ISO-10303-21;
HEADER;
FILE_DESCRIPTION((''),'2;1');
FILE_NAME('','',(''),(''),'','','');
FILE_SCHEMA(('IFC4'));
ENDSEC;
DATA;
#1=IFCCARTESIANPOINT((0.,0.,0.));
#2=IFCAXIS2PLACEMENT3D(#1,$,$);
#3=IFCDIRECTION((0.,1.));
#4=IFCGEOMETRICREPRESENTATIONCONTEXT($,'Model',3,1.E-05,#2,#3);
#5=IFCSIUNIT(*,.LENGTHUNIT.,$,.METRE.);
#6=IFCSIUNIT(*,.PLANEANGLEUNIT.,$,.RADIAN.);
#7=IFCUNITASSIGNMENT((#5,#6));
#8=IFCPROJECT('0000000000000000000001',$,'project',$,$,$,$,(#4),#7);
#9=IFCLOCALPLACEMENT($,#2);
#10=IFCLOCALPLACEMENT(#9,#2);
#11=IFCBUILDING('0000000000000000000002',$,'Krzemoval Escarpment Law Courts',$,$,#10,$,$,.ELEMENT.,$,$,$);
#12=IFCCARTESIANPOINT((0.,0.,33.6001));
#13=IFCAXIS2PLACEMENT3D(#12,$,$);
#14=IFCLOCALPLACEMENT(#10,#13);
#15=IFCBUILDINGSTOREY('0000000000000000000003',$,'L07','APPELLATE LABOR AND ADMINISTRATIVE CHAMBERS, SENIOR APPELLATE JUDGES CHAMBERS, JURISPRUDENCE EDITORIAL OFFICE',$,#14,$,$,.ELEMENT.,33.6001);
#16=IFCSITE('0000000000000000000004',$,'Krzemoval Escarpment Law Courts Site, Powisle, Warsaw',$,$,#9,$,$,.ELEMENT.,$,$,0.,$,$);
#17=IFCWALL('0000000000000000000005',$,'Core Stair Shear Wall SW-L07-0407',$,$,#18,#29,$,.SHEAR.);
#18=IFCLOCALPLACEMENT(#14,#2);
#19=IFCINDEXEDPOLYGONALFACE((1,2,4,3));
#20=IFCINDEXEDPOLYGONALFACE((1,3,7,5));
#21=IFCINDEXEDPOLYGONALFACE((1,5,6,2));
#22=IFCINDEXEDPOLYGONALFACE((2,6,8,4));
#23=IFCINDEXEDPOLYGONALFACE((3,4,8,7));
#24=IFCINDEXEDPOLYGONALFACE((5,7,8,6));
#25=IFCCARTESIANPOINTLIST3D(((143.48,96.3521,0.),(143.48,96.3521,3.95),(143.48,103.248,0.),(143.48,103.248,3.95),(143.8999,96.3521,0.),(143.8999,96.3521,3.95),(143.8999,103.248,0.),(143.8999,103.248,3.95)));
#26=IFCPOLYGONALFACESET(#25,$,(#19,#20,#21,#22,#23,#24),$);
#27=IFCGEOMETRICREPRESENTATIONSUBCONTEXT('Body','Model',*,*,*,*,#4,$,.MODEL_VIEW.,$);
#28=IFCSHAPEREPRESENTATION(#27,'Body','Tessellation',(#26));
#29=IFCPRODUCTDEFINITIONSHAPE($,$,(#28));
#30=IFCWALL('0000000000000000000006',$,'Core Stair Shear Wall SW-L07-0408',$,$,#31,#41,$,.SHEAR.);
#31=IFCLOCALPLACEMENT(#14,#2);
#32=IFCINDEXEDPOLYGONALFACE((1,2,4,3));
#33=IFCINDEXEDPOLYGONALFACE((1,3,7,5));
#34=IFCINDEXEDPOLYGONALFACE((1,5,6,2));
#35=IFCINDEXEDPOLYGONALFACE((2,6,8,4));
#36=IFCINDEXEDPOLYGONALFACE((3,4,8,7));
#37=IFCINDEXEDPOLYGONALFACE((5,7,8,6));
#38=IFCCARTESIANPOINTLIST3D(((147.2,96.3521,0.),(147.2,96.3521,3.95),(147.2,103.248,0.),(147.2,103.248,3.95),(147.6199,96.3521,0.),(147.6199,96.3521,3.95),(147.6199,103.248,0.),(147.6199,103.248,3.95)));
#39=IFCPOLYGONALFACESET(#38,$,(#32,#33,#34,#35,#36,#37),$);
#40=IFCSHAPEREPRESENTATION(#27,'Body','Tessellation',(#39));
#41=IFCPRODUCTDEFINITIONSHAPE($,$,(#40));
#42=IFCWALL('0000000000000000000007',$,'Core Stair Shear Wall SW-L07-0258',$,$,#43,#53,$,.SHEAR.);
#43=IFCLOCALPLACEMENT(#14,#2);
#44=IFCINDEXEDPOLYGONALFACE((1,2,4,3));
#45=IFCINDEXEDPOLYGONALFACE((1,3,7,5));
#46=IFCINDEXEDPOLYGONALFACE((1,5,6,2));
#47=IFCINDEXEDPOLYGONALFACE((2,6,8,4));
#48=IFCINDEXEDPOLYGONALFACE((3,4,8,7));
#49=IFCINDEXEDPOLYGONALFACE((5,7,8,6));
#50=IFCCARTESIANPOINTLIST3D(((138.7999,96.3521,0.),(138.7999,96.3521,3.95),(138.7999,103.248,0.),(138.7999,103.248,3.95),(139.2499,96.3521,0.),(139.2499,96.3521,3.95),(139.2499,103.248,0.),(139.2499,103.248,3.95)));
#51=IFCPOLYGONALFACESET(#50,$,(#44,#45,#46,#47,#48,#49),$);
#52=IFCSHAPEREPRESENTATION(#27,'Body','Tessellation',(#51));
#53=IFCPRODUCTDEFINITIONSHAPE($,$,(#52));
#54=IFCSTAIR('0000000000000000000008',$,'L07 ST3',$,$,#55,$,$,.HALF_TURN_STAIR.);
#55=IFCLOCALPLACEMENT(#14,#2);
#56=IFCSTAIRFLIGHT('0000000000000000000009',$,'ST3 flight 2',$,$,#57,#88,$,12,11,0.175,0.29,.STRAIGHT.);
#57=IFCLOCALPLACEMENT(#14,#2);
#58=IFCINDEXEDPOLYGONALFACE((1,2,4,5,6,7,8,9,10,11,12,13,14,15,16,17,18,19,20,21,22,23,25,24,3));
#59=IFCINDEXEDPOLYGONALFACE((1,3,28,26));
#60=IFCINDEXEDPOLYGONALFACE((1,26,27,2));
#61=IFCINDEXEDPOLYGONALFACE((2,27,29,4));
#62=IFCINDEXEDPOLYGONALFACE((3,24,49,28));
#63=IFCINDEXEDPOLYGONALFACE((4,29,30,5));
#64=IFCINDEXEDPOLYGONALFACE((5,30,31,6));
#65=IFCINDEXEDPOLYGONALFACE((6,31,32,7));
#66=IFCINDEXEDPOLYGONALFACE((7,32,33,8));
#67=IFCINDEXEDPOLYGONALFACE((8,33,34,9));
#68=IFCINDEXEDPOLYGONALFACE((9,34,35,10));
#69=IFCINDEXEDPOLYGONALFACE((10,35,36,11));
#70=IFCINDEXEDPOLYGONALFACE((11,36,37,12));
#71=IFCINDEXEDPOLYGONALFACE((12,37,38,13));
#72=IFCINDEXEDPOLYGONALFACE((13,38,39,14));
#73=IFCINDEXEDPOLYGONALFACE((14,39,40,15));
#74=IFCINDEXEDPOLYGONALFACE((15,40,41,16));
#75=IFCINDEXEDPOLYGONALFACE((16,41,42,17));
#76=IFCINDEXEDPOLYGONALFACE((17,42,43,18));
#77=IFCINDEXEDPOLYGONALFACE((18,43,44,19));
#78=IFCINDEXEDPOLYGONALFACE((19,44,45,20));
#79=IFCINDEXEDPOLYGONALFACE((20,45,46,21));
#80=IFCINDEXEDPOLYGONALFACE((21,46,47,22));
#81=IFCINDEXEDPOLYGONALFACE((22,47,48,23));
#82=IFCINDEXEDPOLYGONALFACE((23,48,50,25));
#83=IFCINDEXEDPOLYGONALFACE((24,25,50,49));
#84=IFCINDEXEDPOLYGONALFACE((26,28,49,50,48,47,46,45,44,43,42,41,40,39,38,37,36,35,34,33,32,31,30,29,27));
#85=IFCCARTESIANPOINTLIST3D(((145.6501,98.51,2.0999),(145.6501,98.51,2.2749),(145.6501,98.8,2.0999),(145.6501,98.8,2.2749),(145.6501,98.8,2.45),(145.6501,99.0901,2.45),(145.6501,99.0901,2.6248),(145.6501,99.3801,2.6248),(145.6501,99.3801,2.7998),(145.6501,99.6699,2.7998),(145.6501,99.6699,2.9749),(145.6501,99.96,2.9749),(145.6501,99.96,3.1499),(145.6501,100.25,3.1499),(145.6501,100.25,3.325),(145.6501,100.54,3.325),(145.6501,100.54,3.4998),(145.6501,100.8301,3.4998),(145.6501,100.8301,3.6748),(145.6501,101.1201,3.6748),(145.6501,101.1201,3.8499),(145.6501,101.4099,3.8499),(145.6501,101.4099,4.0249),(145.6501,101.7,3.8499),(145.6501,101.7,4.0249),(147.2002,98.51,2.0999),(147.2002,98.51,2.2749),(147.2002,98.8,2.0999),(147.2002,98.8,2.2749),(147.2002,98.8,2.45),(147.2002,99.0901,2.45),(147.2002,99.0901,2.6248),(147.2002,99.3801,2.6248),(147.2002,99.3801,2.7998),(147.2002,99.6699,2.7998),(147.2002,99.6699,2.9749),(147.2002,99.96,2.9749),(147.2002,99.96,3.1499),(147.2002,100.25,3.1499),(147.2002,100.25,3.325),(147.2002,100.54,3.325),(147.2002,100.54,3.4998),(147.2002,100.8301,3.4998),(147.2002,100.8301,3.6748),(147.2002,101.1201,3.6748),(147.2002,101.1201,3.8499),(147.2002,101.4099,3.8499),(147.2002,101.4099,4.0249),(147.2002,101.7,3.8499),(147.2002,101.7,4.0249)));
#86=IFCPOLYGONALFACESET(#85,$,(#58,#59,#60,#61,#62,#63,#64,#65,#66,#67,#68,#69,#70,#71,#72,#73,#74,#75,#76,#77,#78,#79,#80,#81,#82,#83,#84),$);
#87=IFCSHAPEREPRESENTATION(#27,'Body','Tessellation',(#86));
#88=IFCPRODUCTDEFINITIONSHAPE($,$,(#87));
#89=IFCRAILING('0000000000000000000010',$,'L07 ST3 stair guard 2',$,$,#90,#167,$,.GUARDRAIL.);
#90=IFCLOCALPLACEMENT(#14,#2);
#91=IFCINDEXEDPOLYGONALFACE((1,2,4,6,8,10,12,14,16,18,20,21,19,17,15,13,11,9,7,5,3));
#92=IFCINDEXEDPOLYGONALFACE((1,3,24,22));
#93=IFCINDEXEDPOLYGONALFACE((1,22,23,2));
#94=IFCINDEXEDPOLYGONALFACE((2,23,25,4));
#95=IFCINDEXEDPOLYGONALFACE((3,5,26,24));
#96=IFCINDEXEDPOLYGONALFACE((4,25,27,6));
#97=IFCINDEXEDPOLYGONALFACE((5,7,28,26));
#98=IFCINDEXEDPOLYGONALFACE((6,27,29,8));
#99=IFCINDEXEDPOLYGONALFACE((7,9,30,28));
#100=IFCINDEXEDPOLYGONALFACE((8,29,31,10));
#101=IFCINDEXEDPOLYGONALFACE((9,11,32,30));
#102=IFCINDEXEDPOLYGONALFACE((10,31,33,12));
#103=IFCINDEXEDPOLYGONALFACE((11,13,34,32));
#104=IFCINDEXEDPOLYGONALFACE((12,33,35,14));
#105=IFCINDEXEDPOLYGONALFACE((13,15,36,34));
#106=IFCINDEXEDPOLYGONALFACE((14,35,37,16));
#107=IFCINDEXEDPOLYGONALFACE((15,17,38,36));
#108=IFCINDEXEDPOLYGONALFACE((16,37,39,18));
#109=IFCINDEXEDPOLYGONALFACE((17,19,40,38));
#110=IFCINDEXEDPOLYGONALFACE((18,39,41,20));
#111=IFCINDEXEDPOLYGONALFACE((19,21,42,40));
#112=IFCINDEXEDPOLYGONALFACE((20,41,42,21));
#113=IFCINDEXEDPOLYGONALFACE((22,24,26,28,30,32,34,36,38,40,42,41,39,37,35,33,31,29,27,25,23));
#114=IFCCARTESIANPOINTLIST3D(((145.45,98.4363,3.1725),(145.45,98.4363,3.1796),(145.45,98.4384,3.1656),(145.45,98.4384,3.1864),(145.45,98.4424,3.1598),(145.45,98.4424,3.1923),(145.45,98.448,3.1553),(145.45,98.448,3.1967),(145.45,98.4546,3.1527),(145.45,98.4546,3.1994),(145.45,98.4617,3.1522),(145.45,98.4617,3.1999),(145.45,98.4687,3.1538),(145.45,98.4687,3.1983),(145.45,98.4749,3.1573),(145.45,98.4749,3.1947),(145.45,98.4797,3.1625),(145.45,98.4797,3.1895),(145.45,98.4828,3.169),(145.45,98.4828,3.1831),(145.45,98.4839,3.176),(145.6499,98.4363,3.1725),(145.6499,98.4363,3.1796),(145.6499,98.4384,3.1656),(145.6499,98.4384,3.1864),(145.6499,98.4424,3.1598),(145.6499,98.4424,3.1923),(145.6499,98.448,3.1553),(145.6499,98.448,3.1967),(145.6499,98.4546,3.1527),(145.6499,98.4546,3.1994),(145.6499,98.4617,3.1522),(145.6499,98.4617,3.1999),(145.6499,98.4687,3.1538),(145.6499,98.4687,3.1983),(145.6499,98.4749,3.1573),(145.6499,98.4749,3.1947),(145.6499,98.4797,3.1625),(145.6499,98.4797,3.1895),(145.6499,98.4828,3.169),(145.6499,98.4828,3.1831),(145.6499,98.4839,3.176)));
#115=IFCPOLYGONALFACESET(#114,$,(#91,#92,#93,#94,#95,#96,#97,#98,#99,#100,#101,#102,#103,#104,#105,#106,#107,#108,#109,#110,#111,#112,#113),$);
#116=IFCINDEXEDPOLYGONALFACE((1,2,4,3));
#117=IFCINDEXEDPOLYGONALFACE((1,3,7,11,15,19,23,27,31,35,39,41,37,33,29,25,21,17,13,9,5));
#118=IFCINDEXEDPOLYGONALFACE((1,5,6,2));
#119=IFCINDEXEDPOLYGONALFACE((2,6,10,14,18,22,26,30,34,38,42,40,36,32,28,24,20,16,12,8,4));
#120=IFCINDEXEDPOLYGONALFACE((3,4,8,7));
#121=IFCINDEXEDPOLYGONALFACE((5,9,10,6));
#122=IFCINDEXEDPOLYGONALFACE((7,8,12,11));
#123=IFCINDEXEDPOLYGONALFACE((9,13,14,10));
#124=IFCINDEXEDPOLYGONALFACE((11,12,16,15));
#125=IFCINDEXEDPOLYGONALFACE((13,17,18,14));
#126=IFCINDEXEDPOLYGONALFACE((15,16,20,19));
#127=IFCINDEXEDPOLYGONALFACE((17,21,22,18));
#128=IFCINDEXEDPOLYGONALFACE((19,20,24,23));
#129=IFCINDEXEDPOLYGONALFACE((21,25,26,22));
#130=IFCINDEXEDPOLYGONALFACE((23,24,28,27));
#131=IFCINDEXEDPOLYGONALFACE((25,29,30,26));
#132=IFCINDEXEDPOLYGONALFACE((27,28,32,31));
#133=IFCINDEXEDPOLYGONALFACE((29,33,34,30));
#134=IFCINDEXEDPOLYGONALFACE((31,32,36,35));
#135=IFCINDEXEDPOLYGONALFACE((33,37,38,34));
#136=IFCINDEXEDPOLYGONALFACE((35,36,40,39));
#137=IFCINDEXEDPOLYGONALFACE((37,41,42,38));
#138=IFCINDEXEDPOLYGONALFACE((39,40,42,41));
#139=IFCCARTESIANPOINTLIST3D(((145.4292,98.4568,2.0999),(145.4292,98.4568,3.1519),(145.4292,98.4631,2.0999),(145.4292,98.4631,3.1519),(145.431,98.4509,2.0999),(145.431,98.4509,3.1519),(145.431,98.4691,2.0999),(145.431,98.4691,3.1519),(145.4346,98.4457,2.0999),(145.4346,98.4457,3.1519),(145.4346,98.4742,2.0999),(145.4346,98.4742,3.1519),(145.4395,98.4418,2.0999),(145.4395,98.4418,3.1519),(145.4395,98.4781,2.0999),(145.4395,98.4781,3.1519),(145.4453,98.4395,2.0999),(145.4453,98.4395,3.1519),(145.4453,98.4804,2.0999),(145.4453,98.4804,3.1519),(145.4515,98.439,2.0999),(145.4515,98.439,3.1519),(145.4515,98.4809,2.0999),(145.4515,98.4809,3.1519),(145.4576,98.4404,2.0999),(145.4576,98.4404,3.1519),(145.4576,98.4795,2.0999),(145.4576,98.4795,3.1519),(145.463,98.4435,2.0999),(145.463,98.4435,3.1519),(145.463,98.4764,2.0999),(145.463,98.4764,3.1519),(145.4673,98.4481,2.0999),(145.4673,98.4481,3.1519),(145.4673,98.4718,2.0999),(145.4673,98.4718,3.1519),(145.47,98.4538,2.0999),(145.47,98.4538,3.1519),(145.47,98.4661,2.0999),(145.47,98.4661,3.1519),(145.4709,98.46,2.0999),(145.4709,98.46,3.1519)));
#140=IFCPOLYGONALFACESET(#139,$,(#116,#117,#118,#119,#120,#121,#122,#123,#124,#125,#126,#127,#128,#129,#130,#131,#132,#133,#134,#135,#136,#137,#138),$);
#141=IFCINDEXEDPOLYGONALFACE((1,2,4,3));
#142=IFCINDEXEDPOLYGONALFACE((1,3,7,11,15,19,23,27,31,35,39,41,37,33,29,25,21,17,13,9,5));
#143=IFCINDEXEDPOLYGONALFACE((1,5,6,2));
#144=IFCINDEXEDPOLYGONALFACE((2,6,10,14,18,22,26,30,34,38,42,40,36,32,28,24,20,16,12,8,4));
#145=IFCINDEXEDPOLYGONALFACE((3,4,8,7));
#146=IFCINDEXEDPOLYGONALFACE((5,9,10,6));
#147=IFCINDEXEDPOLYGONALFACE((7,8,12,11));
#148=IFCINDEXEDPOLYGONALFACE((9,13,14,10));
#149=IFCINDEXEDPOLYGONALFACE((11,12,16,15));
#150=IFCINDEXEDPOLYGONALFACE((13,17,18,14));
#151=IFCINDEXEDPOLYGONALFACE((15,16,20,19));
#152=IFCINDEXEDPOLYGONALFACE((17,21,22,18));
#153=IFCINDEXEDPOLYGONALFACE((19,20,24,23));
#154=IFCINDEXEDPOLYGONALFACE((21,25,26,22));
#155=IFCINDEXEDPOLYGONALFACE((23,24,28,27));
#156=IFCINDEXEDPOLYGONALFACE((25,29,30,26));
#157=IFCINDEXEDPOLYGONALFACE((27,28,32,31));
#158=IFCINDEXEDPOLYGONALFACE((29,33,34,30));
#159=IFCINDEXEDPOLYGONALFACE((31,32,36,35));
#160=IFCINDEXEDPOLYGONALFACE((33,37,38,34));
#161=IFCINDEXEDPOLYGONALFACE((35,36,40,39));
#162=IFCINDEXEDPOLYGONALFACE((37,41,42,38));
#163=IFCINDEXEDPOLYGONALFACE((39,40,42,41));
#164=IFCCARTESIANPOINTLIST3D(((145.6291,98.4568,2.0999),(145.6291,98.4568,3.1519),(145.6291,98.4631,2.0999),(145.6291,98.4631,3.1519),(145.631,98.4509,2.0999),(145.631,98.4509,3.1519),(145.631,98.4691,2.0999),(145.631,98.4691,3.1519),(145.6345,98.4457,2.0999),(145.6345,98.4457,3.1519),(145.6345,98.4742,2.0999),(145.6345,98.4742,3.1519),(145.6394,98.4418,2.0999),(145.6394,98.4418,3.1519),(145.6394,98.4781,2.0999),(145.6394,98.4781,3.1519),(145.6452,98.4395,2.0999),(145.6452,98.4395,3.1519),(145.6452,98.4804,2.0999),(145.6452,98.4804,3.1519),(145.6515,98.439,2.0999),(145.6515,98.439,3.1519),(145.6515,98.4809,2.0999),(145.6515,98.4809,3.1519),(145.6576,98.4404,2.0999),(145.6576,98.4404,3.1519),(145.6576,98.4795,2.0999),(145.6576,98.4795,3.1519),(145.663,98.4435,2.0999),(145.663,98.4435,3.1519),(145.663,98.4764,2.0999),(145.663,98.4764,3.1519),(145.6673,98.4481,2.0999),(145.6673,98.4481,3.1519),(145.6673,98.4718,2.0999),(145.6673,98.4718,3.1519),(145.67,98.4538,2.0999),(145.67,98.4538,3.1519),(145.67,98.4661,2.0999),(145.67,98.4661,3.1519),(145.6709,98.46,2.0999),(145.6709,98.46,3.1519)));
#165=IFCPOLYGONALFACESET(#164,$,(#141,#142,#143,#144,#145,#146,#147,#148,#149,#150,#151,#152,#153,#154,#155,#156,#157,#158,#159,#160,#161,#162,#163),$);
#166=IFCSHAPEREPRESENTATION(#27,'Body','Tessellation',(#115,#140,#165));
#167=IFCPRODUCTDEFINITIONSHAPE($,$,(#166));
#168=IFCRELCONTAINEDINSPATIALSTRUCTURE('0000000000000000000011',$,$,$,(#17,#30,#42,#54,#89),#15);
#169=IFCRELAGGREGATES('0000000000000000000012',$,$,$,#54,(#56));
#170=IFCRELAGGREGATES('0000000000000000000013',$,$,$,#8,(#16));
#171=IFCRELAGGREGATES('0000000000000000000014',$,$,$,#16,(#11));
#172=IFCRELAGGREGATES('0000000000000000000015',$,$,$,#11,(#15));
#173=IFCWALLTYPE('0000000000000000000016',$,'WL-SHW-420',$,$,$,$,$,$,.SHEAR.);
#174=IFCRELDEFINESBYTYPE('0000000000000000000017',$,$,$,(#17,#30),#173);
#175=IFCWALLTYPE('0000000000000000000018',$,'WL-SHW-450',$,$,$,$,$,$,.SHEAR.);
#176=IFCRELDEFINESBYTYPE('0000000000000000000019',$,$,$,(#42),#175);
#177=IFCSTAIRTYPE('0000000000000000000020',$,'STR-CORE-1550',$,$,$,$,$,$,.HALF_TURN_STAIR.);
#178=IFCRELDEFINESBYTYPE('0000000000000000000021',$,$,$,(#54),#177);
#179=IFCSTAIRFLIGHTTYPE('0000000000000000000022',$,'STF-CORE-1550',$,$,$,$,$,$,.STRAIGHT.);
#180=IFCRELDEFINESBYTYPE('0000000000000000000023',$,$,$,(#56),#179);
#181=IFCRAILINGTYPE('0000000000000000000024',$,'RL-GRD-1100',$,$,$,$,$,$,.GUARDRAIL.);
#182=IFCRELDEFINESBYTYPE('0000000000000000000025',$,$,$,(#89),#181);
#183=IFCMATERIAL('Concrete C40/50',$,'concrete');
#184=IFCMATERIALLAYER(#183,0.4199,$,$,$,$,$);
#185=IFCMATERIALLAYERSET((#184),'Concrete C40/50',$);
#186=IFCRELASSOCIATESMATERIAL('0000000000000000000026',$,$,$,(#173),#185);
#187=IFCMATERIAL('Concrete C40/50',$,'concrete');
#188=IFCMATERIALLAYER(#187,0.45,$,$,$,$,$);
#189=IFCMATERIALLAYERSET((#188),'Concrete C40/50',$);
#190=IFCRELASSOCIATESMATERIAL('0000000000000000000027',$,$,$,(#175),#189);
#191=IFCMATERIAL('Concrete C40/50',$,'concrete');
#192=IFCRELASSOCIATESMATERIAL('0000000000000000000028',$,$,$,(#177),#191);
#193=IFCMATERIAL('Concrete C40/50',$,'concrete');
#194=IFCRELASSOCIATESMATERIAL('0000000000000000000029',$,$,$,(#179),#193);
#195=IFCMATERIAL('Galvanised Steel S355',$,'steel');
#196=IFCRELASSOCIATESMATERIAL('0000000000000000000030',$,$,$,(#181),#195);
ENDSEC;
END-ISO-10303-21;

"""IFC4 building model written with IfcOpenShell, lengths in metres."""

from ifc_helpers import new_model, si_unit, direction, frame, frame_2d, origin, origin_2d, place, context, subcontext, project, spatial, polyline, rectangle, circle, outline, extrude, material, layer, layer_set, type_object, element, aggregate, save


model = new_model("IFC4")

# Units and contexts
model_context = context("Model", 3, precision=1e-05, world=origin(), true_north=direction((0.0, 1.0)))
body_context = subcontext(model_context, "Body", "Model", "MODEL_VIEW")
ifc_project = project(units=[si_unit("LENGTHUNIT", "METRE"), si_unit("PLANEANGLEUNIT", "RADIAN")], contexts=[model_context])

# Site, building, storey
site_placement = place(None, origin())
site = spatial("IfcSite", under=ifc_project, at=site_placement, Name="Krzemoval Escarpment Law Courts Site, Powisle, Warsaw", CompositionType="ELEMENT", RefElevation=0.0)
building_placement = place(site_placement, origin())
building = spatial("IfcBuilding", under=site, at=building_placement, Name="Krzemoval Escarpment Law Courts", CompositionType="ELEMENT")
storey_placement = place(building_placement, frame((0.0, 0.0, 33.6001)))
storey = spatial("IfcBuildingStorey", under=building, at=storey_placement, Name="L07", Description="APPELLATE LABOR AND ADMINISTRATIVE CHAMBERS, SENIOR APPELLATE JUDGES CHAMBERS, JURISPRUDENCE EDITORIAL OFFICE", CompositionType="ELEMENT", Elevation=33.6001)

# Walls
ifc_material_1 = material(Name="Concrete C40/50", Category="concrete")
ifc_layer_1 = layer(ifc_material_1, 0.4199)
ifc_layer_set_1 = layer_set([ifc_layer_1], Name="Concrete C40/50")
wall_type_1 = type_object("IfcWallType", Name="WL-SHW-420", PredefinedType="SHEAR", material=ifc_layer_set_1)
for number, where, z_axis, x_axis, name in (
    (1, (143.6899, 96.3521, 0.0), (0.0, 0.0, 1.0), (0.0, 1.0, 0.0), "Core Stair Shear Wall SW-L07-0407"),
    (2, (147.4099, 96.3521, 0.0), (0.0, 0.0, 1.0), (0.0, 1.0, 0.0), "Core Stair Shear Wall SW-L07-0408"),
):
    element("IfcWall", number, at=place(storey_placement, frame(where, z_axis=z_axis, x_axis=x_axis)), inside=storey, type_object=wall_type_1, Name=name, PredefinedType="SHEAR", context=body_context, shape_type="SweptSolid", body=[
        extrude(rectangle(XDim=6.896, YDim=0.4199, at=frame_2d((3.448, 0.0))), origin(), (0.0, 0.0, 1.0), 3.95),
    ])
ifc_material_2 = material(Name="Concrete C40/50", Category="concrete")
ifc_layer_2 = layer(ifc_material_2, 0.45)
ifc_layer_set_2 = layer_set([ifc_layer_2], Name="Concrete C40/50")
wall_type_2 = type_object("IfcWallType", Name="WL-SHW-450", PredefinedType="SHEAR", material=ifc_layer_set_2)
wall_1_placement = place(storey_placement, frame((139.0249, 96.3521, 0.0), z_axis=(0.0, 0.0, 1.0), x_axis=(0.0, 1.0, 0.0)))
element("IfcWall", 3, at=wall_1_placement, inside=storey, type_object=wall_type_2, Name="Core Stair Shear Wall SW-L07-0258", PredefinedType="SHEAR", context=body_context, shape_type="SweptSolid", body=[
    extrude(rectangle(XDim=6.896, YDim=0.45, at=frame_2d((3.448, 0.0))), origin(), (0.0, 0.0, 1.0), 3.95),
])

# Stair, stair flight
ifc_material_3 = material(Name="Concrete C40/50", Category="concrete")
stair_type = type_object("IfcStairType", Name="STR-CORE-1550", PredefinedType="HALF_TURN_STAIR", material=ifc_material_3)
stair_placement = place(storey_placement, origin())
stair = element("IfcStair", 4, at=stair_placement, inside=storey, type_object=stair_type, Name="L07 ST3", PredefinedType="HALF_TURN_STAIR")
ifc_material_4 = material(Name="Concrete C40/50", Category="concrete")
stair_flight_type = type_object("IfcStairFlightType", Name="STF-CORE-1550", PredefinedType="STRAIGHT", material=ifc_material_4)
stair_flight_placement = place(storey_placement, frame((146.425, 98.51, 2.0999), z_axis=(0.0, 0.0, 1.0), x_axis=(0.0, 1.0, 0.0)))
stair_flight = element("IfcStairFlight", 5, at=stair_flight_placement, type_object=stair_flight_type, Name="ST3 flight 2", NumberOfRisers=12, NumberOfTreads=11, PredefinedType="STRAIGHT", RiserHeight=0.175, TreadLength=0.29, context=body_context, shape_type="SweptSolid", body=[
    extrude(outline(polyline([(0.0, 0.0), (0.0, 0.175), (0.29, 0.175), (0.29, 0.3501), (0.5801, 0.3501), (0.5801, 0.5249), (0.8701, 0.5249), (0.8701, 0.7), (1.1599, 0.7), (1.1599, 0.875), (1.45, 0.875), (1.45, 1.05), (1.74, 1.05), (1.74, 1.2251), (2.03, 1.2251), (2.03, 1.3999), (2.3201, 1.3999), (2.3201, 1.575), (2.6101, 1.575), (2.6101, 1.75), (2.8999, 1.75), (2.8999, 1.925), (3.1899, 1.925), (3.1899, 2.1001), (3.1899, 1.75), (0.29, 0.0), (0.0, 0.0)])), frame((0.0, 0.7749, 0.0), z_axis=(0.0, -1.0, 0.0), x_axis=(1.0, 0.0, 0.0)), (0.0, 0.0, 1.0), 1.55),
])
aggregate(stair, [stair_flight])

# Railing
ifc_material_5 = material(Name="Galvanised Steel S355", Category="steel")
railing_type_1 = type_object("IfcRailingType", Name="RL-GRD-1100", PredefinedType="GUARDRAIL", material=ifc_material_5)
railing_1_placement = place(storey_placement, frame((145.45, 98.46, 2.0999)))
element("IfcRailing", 6, at=railing_1_placement, inside=storey, type_object=railing_type_1, Name="L07 ST3 stair guard 2", PredefinedType="GUARDRAIL", context=body_context, shape_type="SweptSolid", body=[
    extrude(circle(Radius=0.0239, at=origin_2d()), frame((0.0, 0.0, 1.0762), z_axis=(1.0, 0.0, 0.0), x_axis=(0.0, 1.0, 0.0)), (0.0, 0.0, 1.0), 0.2),
    extrude(circle(Radius=0.021, at=origin_2d()), origin(), (0.0, 0.0, 1.0), 1.052),
    extrude(circle(Radius=0.021, at=origin_2d()), frame((0.2, 0.0, 0.0)), (0.0, 0.0, 1.0), 1.052),
])

save(model, "model.ifc")
